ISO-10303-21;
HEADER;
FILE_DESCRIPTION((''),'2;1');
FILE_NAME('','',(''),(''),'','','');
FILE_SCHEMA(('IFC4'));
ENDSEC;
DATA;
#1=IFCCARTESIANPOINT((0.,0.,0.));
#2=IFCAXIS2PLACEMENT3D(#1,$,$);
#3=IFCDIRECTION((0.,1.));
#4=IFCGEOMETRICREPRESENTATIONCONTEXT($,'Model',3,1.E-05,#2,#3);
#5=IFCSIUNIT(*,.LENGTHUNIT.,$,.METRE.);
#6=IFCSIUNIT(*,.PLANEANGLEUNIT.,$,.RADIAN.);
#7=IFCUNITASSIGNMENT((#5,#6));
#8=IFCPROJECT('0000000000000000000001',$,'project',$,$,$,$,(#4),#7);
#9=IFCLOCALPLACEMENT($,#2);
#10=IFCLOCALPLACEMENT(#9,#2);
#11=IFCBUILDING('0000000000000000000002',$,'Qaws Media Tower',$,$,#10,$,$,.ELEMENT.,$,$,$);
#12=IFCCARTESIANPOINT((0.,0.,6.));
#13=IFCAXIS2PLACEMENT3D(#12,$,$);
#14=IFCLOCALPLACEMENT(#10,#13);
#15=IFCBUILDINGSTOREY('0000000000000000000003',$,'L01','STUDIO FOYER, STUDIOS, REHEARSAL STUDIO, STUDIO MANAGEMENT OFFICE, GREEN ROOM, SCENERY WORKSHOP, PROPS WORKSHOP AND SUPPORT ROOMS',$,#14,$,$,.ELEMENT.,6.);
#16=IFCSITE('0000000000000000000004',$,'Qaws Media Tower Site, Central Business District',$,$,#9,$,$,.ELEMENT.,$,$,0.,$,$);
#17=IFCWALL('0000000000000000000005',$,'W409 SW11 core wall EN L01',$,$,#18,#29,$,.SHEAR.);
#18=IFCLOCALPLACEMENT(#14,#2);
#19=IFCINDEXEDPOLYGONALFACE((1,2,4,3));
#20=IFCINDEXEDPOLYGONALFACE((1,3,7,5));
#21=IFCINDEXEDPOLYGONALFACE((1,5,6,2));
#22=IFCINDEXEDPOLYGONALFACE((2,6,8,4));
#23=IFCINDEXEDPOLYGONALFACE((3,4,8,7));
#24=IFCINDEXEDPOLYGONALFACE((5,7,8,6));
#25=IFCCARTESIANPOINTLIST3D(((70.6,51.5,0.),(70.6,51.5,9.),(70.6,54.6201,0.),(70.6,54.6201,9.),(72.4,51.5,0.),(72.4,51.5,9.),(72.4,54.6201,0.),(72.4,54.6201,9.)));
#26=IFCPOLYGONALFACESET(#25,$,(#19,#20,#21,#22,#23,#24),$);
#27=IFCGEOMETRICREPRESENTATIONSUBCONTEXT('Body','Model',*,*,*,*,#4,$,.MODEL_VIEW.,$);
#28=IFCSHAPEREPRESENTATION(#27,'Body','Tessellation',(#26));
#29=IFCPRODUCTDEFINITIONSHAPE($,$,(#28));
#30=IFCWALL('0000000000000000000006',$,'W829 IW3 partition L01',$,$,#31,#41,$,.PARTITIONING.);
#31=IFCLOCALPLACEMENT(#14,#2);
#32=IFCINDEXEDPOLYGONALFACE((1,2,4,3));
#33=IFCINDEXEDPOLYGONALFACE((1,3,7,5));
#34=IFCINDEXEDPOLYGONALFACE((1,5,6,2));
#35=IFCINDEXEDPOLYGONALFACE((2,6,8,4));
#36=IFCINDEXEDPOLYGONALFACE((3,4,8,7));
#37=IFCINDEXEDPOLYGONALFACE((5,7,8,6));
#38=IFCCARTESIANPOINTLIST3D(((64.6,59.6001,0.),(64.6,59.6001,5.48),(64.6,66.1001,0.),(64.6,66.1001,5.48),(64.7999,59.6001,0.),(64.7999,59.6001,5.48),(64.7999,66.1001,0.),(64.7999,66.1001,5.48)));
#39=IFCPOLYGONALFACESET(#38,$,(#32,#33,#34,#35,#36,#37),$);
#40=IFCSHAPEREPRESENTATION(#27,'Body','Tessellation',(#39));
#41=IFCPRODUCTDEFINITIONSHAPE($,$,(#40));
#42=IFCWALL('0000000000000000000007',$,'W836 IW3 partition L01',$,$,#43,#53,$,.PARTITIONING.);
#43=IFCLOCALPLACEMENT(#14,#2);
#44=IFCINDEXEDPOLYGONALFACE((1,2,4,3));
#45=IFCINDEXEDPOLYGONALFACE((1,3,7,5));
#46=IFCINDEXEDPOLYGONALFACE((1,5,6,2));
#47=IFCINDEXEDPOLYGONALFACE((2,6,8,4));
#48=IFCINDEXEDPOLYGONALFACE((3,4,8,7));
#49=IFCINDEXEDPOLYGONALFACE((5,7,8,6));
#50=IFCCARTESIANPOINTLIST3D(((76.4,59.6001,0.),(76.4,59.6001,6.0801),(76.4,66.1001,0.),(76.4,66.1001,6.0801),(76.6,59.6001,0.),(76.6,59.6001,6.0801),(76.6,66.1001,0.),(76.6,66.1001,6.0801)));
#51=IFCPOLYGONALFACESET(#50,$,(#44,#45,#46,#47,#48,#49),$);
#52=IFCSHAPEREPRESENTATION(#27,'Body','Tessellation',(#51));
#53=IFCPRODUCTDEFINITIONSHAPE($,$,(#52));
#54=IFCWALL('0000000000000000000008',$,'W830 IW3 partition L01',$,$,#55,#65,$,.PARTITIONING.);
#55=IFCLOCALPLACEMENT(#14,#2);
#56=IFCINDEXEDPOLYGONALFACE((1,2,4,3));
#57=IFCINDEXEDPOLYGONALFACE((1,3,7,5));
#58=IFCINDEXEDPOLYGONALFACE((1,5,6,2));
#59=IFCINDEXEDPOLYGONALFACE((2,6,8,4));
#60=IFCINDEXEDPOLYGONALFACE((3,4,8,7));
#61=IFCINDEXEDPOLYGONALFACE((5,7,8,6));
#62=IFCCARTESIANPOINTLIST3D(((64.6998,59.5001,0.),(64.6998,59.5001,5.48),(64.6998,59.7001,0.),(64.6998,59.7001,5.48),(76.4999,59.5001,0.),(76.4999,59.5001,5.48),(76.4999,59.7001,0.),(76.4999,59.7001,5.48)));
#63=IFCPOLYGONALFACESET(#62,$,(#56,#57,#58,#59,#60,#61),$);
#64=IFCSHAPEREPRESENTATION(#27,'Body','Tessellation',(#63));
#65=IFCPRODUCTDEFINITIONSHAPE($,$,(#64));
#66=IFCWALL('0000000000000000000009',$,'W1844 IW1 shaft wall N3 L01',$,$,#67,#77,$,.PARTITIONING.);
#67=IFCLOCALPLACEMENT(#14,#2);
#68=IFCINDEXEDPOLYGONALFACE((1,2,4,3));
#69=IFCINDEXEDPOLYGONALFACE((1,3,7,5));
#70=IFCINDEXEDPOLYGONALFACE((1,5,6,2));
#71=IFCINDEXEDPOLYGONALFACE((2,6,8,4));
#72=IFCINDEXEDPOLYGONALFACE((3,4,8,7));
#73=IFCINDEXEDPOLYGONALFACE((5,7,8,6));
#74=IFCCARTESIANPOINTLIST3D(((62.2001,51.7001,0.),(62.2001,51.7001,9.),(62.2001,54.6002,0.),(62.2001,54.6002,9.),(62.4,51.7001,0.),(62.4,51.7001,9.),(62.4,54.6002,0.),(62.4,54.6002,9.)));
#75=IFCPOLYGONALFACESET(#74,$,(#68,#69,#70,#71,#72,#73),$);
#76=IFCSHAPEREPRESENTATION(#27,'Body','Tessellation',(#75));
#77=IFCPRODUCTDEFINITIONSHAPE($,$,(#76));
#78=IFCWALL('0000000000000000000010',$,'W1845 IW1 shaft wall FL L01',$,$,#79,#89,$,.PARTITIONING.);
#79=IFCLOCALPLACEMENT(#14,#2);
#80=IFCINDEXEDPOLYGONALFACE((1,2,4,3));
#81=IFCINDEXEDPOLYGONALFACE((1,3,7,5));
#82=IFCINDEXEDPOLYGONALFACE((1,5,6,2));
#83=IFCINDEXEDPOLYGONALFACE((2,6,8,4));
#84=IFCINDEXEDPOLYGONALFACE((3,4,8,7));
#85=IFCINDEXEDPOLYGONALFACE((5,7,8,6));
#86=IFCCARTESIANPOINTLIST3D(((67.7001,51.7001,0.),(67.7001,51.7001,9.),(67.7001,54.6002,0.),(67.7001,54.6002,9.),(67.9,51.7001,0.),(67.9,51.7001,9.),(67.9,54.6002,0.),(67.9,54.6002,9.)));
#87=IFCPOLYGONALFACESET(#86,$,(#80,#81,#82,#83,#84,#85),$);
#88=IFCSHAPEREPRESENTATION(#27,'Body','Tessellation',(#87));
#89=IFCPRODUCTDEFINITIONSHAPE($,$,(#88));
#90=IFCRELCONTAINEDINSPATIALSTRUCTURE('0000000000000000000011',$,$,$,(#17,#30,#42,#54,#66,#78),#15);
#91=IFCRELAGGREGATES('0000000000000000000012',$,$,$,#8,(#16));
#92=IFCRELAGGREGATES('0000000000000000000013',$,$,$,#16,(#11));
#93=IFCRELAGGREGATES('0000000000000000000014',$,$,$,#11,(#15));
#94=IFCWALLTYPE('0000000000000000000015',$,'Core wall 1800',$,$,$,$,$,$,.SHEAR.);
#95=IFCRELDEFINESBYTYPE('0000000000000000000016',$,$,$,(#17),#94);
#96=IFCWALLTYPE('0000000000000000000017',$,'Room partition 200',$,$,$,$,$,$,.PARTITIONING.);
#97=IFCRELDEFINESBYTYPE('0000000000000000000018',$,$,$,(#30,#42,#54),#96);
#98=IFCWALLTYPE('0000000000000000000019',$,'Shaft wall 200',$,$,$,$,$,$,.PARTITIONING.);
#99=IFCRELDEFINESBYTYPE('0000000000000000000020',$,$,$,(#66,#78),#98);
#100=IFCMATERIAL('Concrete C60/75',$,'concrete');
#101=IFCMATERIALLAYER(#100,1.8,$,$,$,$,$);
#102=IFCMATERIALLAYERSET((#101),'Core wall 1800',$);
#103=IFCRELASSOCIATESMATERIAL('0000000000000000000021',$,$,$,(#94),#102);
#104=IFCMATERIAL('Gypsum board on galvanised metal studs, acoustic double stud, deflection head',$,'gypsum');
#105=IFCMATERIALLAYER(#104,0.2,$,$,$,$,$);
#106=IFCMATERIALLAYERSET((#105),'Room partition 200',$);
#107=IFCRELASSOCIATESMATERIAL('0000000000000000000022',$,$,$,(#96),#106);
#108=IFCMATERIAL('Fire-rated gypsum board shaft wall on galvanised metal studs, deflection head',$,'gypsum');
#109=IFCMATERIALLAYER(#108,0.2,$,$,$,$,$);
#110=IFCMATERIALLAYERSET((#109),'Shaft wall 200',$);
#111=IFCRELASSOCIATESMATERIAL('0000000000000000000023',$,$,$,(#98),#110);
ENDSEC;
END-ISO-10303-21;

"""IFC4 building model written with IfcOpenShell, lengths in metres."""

from ifc_helpers import new_model, si_unit, direction, frame, frame_2d, origin, place, context, subcontext, project, spatial, rectangle, extrude, material, layer, layer_set, type_object, element, save


model = new_model("IFC4")

# Units and contexts
model_context = context("Model", 3, precision=1e-05, world=origin(), true_north=direction((0.0, 1.0)))
body_context = subcontext(model_context, "Body", "Model", "MODEL_VIEW")
ifc_project = project(units=[si_unit("LENGTHUNIT", "METRE"), si_unit("PLANEANGLEUNIT", "RADIAN")], contexts=[model_context])

# Site, building, storey
site_placement = place(None, origin())
site = spatial("IfcSite", under=ifc_project, at=site_placement, Name="Qaws Media Tower Site, Central Business District", CompositionType="ELEMENT", RefElevation=0.0)
building_placement = place(site_placement, origin())
building = spatial("IfcBuilding", under=site, at=building_placement, Name="Qaws Media Tower", CompositionType="ELEMENT")
storey_placement = place(building_placement, frame((0.0, 0.0, 6.0)))
storey = spatial("IfcBuildingStorey", under=building, at=storey_placement, Name="L01", Description="STUDIO FOYER, STUDIOS, REHEARSAL STUDIO, STUDIO MANAGEMENT OFFICE, GREEN ROOM, SCENERY WORKSHOP, PROPS WORKSHOP AND SUPPORT ROOMS", CompositionType="ELEMENT", Elevation=6.0)

# Walls
ifc_material_1 = material(Name="Concrete C60/75", Category="concrete")
ifc_layer_1 = layer(ifc_material_1, 1.8)
ifc_layer_set_1 = layer_set([ifc_layer_1], Name="Core wall 1800")
wall_type_1 = type_object("IfcWallType", Name="Core wall 1800", PredefinedType="SHEAR", material=ifc_layer_set_1)
wall_1_placement = place(storey_placement, frame((71.5, 51.5, 0.0), z_axis=(0.0, 0.0, 1.0), x_axis=(0.0, 1.0, 0.0)))
element("IfcWall", 1, at=wall_1_placement, inside=storey, type_object=wall_type_1, Name="W409 SW11 core wall EN L01", PredefinedType="SHEAR", context=body_context, shape_type="SweptSolid", body=[
    extrude(rectangle(XDim=3.1201, YDim=1.8, at=frame_2d((1.5601, 0.0))), origin(), (0.0, 0.0, 1.0), 9.0),
])
ifc_material_2 = material(Name="Gypsum board on galvanised metal studs, acoustic double stud, deflection head", Category="gypsum")
ifc_layer_2 = layer(ifc_material_2, 0.2)
ifc_layer_set_2 = layer_set([ifc_layer_2], Name="Room partition 200")
wall_type_2 = type_object("IfcWallType", Name="Room partition 200", PredefinedType="PARTITIONING", material=ifc_layer_set_2)
wall_2_placement = place(storey_placement, frame((64.7, 59.6001, 0.0), z_axis=(0.0, 0.0, 1.0), x_axis=(0.0, 1.0, 0.0)))
element("IfcWall", 2, at=wall_2_placement, inside=storey, type_object=wall_type_2, Name="W829 IW3 partition L01", PredefinedType="PARTITIONING", context=body_context, shape_type="SweptSolid", body=[
    extrude(rectangle(XDim=6.5, YDim=0.2, at=frame_2d((3.25, 0.0))), origin(), (0.0, 0.0, 1.0), 5.48),
])
wall_3_placement = place(storey_placement, frame((76.5, 59.6001, 0.0), z_axis=(0.0, 0.0, 1.0), x_axis=(0.0, 1.0, 0.0)))
element("IfcWall", 3, at=wall_3_placement, inside=storey, type_object=wall_type_2, Name="W836 IW3 partition L01", PredefinedType="PARTITIONING", context=body_context, shape_type="SweptSolid", body=[
    extrude(rectangle(XDim=6.5, YDim=0.2, at=frame_2d((3.25, 0.0))), origin(), (0.0, 0.0, 1.0), 6.0801),
])
wall_4_placement = place(storey_placement, frame((64.7, 59.6001, 0.0), z_axis=(0.0, 0.0, 1.0), x_axis=(1.0, 0.0, 0.0)))
element("IfcWall", 4, at=wall_4_placement, inside=storey, type_object=wall_type_2, Name="W830 IW3 partition L01", PredefinedType="PARTITIONING", context=body_context, shape_type="SweptSolid", body=[
    extrude(rectangle(XDim=11.8, YDim=0.2, at=frame_2d((5.8999, 0.0))), origin(), (0.0, 0.0, 1.0), 5.48),
])
ifc_material_3 = material(Name="Fire-rated gypsum board shaft wall on galvanised metal studs, deflection head", Category="gypsum")
ifc_layer_3 = layer(ifc_material_3, 0.2)
ifc_layer_set_3 = layer_set([ifc_layer_3], Name="Shaft wall 200")
wall_type_3 = type_object("IfcWallType", Name="Shaft wall 200", PredefinedType="PARTITIONING", material=ifc_layer_set_3)
for number, where, z_axis, x_axis, name in (
    (5, (62.3, 51.7, 0.0), (0.0, 0.0, 1.0), (0.0, 1.0, 0.0), "W1844 IW1 shaft wall N3 L01"),
    (6, (67.8, 51.7, 0.0), (0.0, 0.0, 1.0), (0.0, 1.0, 0.0), "W1845 IW1 shaft wall FL L01"),
):
    element("IfcWall", number, at=place(storey_placement, frame(where, z_axis=z_axis, x_axis=x_axis)), inside=storey, type_object=wall_type_3, Name=name, PredefinedType="PARTITIONING", context=body_context, shape_type="SweptSolid", body=[
        extrude(rectangle(XDim=2.9001, YDim=0.2, at=frame_2d((1.4502, 0.0))), origin(), (0.0, 0.0, 1.0), 9.0),
    ])

save(model, "model.ifc")
